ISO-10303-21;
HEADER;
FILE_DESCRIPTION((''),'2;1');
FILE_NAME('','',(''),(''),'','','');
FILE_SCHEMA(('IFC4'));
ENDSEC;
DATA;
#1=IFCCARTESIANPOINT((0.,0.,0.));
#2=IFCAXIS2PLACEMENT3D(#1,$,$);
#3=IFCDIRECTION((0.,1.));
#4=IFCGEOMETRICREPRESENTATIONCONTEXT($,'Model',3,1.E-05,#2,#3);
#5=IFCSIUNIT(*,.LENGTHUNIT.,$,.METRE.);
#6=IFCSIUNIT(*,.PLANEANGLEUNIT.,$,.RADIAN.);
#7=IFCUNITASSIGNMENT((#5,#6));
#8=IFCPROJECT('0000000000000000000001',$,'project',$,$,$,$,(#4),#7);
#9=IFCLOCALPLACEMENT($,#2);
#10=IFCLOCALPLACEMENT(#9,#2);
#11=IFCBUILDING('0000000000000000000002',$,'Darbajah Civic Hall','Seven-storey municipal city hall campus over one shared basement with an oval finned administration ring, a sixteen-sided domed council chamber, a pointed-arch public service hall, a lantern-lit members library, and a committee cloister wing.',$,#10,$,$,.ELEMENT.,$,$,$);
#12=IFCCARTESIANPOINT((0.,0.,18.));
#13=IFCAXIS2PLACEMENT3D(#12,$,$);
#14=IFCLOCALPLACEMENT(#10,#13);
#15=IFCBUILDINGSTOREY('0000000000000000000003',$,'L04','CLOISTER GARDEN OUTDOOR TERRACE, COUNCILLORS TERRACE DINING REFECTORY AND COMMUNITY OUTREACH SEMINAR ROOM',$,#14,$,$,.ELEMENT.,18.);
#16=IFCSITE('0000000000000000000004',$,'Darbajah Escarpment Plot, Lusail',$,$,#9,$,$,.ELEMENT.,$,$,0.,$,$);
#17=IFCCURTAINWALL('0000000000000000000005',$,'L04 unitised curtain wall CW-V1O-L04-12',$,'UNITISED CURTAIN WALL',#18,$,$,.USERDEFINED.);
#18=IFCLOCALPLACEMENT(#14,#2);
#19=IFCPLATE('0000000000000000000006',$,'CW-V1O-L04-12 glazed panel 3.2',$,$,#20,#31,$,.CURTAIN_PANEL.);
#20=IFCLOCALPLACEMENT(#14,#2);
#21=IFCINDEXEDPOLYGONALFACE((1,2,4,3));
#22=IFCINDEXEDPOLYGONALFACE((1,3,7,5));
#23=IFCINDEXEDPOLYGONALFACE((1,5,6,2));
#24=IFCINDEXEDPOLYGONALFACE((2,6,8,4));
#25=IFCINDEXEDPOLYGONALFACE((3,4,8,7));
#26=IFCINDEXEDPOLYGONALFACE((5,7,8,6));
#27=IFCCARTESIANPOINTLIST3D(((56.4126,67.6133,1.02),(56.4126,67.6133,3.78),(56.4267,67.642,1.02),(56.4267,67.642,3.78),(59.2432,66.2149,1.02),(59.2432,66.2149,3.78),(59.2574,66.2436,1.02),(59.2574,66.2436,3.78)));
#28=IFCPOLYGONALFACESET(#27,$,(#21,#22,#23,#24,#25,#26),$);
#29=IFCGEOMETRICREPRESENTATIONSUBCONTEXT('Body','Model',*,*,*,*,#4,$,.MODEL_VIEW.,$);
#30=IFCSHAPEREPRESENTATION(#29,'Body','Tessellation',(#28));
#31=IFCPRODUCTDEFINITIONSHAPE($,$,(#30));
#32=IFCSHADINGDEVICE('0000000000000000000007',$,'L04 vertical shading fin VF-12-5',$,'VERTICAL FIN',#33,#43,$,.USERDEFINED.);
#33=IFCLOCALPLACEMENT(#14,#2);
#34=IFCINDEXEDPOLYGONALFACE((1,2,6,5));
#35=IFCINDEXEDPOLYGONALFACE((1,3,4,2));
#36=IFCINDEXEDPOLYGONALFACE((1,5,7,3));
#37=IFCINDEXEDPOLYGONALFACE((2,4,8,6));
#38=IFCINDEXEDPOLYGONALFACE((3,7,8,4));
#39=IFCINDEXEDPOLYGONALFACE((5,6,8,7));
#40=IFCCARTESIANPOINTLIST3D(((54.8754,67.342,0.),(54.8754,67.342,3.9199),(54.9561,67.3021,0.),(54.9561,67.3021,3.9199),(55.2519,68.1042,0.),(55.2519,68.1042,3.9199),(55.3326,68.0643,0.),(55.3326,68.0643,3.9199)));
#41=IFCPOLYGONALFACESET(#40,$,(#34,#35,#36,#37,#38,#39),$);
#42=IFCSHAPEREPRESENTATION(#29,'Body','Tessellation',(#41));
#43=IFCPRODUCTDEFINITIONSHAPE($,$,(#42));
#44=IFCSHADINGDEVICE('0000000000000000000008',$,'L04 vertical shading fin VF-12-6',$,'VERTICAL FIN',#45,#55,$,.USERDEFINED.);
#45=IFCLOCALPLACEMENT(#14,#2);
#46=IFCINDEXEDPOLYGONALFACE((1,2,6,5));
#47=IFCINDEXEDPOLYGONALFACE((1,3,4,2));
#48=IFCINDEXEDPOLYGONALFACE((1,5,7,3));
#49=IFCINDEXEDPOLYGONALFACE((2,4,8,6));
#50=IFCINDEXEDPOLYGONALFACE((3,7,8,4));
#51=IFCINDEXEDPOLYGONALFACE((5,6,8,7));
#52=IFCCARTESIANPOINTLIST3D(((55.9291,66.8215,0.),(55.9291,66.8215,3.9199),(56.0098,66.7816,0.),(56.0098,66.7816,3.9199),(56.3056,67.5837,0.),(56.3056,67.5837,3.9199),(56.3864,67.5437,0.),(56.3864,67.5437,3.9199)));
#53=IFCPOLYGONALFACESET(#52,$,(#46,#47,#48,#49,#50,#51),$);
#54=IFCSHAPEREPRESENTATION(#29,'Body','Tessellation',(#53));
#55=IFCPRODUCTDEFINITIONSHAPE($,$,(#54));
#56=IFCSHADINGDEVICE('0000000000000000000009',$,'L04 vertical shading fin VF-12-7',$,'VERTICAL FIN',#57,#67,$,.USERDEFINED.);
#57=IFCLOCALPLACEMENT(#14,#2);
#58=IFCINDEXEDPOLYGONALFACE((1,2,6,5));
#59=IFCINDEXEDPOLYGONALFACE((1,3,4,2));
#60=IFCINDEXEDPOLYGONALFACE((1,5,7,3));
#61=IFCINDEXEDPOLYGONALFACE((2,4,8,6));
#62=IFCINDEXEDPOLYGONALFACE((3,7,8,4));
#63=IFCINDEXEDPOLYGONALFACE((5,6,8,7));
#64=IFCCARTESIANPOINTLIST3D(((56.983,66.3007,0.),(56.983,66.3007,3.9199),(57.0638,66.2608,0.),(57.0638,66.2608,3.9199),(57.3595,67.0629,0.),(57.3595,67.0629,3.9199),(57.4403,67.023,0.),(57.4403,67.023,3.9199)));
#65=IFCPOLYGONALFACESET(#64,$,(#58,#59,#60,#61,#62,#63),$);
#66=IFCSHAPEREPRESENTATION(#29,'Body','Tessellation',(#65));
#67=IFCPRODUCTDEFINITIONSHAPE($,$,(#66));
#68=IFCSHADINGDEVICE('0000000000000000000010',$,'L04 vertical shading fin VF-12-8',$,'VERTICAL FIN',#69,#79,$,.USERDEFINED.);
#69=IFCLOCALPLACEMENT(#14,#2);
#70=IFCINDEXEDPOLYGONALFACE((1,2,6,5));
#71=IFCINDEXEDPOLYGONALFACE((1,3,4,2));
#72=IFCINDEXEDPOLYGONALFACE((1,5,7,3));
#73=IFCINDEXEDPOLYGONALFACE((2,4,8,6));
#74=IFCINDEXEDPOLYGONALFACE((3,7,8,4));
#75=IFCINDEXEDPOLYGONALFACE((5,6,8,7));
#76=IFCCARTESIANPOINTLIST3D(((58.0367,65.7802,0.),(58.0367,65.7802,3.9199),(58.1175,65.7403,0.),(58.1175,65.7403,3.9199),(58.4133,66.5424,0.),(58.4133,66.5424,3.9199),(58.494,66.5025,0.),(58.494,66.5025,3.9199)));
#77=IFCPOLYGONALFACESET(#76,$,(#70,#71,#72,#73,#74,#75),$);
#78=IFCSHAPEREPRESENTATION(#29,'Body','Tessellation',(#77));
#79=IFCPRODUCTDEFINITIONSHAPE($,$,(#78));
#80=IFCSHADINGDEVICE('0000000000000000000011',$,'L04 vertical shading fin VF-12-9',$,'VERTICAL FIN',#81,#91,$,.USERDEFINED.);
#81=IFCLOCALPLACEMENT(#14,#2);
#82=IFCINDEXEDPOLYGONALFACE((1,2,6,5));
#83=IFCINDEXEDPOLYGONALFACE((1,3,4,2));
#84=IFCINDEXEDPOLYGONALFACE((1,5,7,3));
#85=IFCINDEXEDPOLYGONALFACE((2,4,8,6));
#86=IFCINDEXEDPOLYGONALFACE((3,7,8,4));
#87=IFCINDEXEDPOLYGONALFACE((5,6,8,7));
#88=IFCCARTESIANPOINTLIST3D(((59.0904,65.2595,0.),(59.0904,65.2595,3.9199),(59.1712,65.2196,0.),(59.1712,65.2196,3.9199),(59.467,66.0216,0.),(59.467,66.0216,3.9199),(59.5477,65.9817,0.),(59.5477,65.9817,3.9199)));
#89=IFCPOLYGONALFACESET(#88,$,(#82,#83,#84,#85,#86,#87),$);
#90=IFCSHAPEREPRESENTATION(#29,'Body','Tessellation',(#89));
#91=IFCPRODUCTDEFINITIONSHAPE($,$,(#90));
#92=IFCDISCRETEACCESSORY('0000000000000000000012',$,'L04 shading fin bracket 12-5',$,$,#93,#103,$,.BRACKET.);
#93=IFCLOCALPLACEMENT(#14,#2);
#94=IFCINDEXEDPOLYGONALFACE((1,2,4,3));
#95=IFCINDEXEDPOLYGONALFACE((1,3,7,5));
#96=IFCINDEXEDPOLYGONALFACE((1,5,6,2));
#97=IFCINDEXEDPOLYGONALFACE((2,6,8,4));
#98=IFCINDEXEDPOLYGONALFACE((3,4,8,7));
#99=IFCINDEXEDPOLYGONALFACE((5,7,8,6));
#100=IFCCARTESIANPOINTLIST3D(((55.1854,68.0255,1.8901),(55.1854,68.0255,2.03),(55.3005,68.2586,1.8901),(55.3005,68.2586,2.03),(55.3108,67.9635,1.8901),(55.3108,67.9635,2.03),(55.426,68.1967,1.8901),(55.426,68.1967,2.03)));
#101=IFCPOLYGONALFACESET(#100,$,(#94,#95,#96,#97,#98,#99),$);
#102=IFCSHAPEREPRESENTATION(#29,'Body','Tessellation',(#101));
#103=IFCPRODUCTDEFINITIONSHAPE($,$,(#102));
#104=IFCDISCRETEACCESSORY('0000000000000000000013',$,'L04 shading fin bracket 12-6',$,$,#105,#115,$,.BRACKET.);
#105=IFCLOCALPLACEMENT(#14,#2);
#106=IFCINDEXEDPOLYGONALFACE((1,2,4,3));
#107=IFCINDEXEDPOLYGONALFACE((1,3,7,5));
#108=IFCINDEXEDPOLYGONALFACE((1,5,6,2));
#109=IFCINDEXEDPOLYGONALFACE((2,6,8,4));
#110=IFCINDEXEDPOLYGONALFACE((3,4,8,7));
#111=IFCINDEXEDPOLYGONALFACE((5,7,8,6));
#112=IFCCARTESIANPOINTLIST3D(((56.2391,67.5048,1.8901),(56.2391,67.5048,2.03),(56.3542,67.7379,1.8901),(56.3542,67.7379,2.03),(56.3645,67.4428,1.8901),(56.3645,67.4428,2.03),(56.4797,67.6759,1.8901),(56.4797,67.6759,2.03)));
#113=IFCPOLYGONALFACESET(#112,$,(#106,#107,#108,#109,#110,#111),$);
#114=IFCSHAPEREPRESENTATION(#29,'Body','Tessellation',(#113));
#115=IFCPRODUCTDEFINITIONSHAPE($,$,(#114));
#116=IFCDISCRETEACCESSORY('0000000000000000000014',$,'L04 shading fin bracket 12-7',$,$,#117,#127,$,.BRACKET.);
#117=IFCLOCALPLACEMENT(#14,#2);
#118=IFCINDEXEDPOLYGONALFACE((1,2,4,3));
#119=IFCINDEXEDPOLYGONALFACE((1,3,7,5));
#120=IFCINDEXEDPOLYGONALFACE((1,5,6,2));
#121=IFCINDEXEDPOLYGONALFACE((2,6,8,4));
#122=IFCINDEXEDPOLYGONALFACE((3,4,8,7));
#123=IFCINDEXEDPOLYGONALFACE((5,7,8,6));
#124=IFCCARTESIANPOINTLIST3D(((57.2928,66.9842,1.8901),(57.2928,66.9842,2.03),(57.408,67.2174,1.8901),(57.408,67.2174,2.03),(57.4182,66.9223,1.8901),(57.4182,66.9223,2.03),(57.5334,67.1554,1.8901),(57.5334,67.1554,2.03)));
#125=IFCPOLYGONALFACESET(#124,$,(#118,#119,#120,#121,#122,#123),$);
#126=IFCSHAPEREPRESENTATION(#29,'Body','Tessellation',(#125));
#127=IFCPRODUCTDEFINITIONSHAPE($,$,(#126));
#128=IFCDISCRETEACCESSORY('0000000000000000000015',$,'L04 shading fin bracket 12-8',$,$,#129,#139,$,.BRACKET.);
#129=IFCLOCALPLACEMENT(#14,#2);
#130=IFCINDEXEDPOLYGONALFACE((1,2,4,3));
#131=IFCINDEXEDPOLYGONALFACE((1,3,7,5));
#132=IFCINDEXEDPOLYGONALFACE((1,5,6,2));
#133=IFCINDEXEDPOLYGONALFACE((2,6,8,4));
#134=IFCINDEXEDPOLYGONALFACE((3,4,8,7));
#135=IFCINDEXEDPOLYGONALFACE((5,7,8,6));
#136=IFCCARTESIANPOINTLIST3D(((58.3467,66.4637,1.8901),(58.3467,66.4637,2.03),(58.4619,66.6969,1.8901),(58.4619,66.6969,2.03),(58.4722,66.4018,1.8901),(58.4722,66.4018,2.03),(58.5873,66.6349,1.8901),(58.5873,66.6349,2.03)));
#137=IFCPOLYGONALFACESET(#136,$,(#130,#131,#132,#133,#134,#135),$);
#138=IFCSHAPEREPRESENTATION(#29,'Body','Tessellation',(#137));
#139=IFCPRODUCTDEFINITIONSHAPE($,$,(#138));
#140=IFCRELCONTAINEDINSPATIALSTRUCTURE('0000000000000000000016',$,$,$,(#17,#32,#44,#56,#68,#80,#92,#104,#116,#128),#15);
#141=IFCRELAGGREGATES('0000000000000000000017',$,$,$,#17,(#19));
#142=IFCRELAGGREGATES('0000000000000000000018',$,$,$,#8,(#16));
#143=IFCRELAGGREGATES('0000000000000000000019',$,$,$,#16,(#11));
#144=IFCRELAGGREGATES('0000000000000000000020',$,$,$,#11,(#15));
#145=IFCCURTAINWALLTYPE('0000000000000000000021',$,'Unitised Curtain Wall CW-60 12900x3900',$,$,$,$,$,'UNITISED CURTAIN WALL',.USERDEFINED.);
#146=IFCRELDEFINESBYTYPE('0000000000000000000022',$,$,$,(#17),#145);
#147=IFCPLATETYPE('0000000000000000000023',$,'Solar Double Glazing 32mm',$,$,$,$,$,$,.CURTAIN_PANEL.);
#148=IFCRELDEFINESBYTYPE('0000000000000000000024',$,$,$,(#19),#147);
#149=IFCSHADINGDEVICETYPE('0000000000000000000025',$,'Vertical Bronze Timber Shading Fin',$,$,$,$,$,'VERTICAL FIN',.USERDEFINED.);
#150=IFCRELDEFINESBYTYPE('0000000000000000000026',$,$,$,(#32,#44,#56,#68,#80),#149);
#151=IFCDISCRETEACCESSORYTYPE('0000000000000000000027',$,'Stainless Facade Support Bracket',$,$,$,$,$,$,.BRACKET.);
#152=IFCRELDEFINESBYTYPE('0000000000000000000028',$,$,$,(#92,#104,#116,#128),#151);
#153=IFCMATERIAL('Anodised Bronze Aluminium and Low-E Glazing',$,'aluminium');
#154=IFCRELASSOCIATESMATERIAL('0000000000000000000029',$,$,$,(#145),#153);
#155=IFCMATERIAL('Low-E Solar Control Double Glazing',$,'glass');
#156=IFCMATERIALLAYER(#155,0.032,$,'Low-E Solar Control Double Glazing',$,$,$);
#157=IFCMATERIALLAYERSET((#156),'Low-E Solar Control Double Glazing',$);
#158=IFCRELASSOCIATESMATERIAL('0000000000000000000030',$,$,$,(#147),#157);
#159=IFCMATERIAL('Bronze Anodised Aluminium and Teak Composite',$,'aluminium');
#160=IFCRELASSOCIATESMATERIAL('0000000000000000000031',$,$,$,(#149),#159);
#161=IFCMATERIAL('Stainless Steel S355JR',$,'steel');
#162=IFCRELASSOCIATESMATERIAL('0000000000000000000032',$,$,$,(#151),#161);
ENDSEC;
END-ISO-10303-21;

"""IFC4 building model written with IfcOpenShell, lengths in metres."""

from ifc_helpers import new_model, si_unit, direction, frame, origin, origin_2d, place, context, subcontext, project, spatial, rectangle, extrude, material, layer, layer_set, type_object, element, aggregate, save


model = new_model("IFC4")

# Units and contexts
model_context = context("Model", 3, precision=1e-05, world=origin(), true_north=direction((0.0, 1.0)))
body_context = subcontext(model_context, "Body", "Model", "MODEL_VIEW")
ifc_project = project(units=[si_unit("LENGTHUNIT", "METRE"), si_unit("PLANEANGLEUNIT", "RADIAN")], contexts=[model_context])

# Site, building, storey
site_placement = place(None, origin())
site = spatial("IfcSite", under=ifc_project, at=site_placement, Name="Darbajah Escarpment Plot, Lusail", CompositionType="ELEMENT", RefElevation=0.0)
building_placement = place(site_placement, origin())
building = spatial("IfcBuilding", under=site, at=building_placement, Name="Darbajah Civic Hall", Description="Seven-storey municipal city hall campus over one shared basement with an oval finned administration ring, a sixteen-sided domed council chamber, a pointed-arch public service hall, a lantern-lit members library, and a committee cloister wing.", CompositionType="ELEMENT")
storey_placement = place(building_placement, frame((0.0, 0.0, 18.0)))
storey = spatial("IfcBuildingStorey", under=building, at=storey_placement, Name="L04", Description="CLOISTER GARDEN OUTDOOR TERRACE, COUNCILLORS TERRACE DINING REFECTORY AND COMMUNITY OUTREACH SEMINAR ROOM", CompositionType="ELEMENT", Elevation=18.0)

# Curtain wall, plate
ifc_material_1 = material(Name="Anodised Bronze Aluminium and Low-E Glazing", Category="aluminium")
curtain_wall_type = type_object("IfcCurtainWallType", Name="Unitised Curtain Wall CW-60 12900x3900", ElementType="UNITISED CURTAIN WALL", PredefinedType="USERDEFINED", material=ifc_material_1)
curtain_wall_placement = place(storey_placement, origin())
curtain_wall = element("IfcCurtainWall", 1, at=curtain_wall_placement, inside=storey, type_object=curtain_wall_type, Name="L04 unitised curtain wall CW-V1O-L04-12", ObjectType="UNITISED CURTAIN WALL", PredefinedType="USERDEFINED")
ifc_material_2 = material(Name="Low-E Solar Control Double Glazing", Category="glass")
ifc_layer = layer(ifc_material_2, 0.032, Name="Low-E Solar Control Double Glazing")
ifc_layer_set = layer_set([ifc_layer], Name="Low-E Solar Control Double Glazing")
plate_type = type_object("IfcPlateType", Name="Solar Double Glazing 32mm", PredefinedType="CURTAIN_PANEL", material=ifc_layer_set)
plate_1_placement = place(storey_placement, frame((57.835, 66.9285, 1.02), z_axis=(0.0, 0.0, 1.0), x_axis=(0.896564, -0.442915, 0.0)))
plate_1 = element("IfcPlate", 2, at=plate_1_placement, type_object=plate_type, Name="CW-V1O-L04-12 glazed panel 3.2", PredefinedType="CURTAIN_PANEL", context=body_context, shape_type="SweptSolid", body=[
    extrude(rectangle(XDim=3.1572, YDim=0.032, at=origin_2d()), origin(), (0.0, 0.0, 1.0), 2.76),
])
aggregate(curtain_wall, [plate_1])

# Shading devices
ifc_material_3 = material(Name="Bronze Anodised Aluminium and Teak Composite", Category="aluminium")
shading_device_type = type_object("IfcShadingDeviceType", Name="Vertical Bronze Timber Shading Fin", ElementType="VERTICAL FIN", PredefinedType="USERDEFINED", material=ifc_material_3)
for number, where, z_axis, x_axis, name in (
    (3, (55.104, 67.7031, 0.0), (0.0, 0.0, 1.0), (-0.442915, -0.896564, 0.0), "L04 vertical shading fin VF-12-5"),
    (4, (56.1577, 67.1826, 0.0), (0.0, 0.0, 1.0), (-0.442915, -0.896564, 0.0), "L04 vertical shading fin VF-12-6"),
    (5, (57.2117, 66.6619, 0.0), (0.0, 0.0, 1.0), (-0.442915, -0.896564, 0.0), "L04 vertical shading fin VF-12-7"),
    (6, (58.2654, 66.1414, 0.0), (0.0, 0.0, 1.0), (-0.442915, -0.896564, 0.0), "L04 vertical shading fin VF-12-8"),
    (7, (59.3191, 65.6206, 0.0), (0.0, 0.0, 1.0), (-0.442915, -0.896564, 0.0), "L04 vertical shading fin VF-12-9"),
):
    element("IfcShadingDevice", number, at=place(storey_placement, frame(where, z_axis=z_axis, x_axis=x_axis)), inside=storey, type_object=shading_device_type, Name=name, ObjectType="VERTICAL FIN", PredefinedType="USERDEFINED", context=body_context, shape_type="SweptSolid", body=[
        extrude(rectangle(XDim=0.8501, YDim=0.0901, at=origin_2d()), origin(), (0.0, 0.0, 1.0), 3.9199),
    ])

# Discrete accessories
ifc_material_4 = material(Name="Stainless Steel S355JR", Category="steel")
discrete_accessory_type = type_object("IfcDiscreteAccessoryType", Name="Stainless Facade Support Bracket", PredefinedType="BRACKET", material=ifc_material_4)
for number, where, z_axis, x_axis, name in (
    (8, (55.3057, 68.1111, 1.8901), (0.0, 0.0, 1.0), (-0.442915, -0.896564, 0.0), "L04 shading fin bracket 12-5"),
    (9, (56.3594, 67.5903, 1.8901), (0.0, 0.0, 1.0), (-0.442915, -0.896564, 0.0), "L04 shading fin bracket 12-6"),
    (10, (57.4131, 67.0698, 1.8901), (0.0, 0.0, 1.0), (-0.442915, -0.896564, 0.0), "L04 shading fin bracket 12-7"),
    (11, (58.467, 66.5493, 1.8901), (0.0, 0.0, 1.0), (-0.442915, -0.896564, 0.0), "L04 shading fin bracket 12-8"),
):
    element("IfcDiscreteAccessory", number, at=place(storey_placement, frame(where, z_axis=z_axis, x_axis=x_axis)), inside=storey, type_object=discrete_accessory_type, Name=name, PredefinedType="BRACKET", context=body_context, shape_type="SweptSolid", body=[
        extrude(rectangle(XDim=0.26, YDim=0.1399, at=origin_2d()), origin(), (0.0, 0.0, 1.0), 0.1399),
    ])

save(model, "model.ifc")
